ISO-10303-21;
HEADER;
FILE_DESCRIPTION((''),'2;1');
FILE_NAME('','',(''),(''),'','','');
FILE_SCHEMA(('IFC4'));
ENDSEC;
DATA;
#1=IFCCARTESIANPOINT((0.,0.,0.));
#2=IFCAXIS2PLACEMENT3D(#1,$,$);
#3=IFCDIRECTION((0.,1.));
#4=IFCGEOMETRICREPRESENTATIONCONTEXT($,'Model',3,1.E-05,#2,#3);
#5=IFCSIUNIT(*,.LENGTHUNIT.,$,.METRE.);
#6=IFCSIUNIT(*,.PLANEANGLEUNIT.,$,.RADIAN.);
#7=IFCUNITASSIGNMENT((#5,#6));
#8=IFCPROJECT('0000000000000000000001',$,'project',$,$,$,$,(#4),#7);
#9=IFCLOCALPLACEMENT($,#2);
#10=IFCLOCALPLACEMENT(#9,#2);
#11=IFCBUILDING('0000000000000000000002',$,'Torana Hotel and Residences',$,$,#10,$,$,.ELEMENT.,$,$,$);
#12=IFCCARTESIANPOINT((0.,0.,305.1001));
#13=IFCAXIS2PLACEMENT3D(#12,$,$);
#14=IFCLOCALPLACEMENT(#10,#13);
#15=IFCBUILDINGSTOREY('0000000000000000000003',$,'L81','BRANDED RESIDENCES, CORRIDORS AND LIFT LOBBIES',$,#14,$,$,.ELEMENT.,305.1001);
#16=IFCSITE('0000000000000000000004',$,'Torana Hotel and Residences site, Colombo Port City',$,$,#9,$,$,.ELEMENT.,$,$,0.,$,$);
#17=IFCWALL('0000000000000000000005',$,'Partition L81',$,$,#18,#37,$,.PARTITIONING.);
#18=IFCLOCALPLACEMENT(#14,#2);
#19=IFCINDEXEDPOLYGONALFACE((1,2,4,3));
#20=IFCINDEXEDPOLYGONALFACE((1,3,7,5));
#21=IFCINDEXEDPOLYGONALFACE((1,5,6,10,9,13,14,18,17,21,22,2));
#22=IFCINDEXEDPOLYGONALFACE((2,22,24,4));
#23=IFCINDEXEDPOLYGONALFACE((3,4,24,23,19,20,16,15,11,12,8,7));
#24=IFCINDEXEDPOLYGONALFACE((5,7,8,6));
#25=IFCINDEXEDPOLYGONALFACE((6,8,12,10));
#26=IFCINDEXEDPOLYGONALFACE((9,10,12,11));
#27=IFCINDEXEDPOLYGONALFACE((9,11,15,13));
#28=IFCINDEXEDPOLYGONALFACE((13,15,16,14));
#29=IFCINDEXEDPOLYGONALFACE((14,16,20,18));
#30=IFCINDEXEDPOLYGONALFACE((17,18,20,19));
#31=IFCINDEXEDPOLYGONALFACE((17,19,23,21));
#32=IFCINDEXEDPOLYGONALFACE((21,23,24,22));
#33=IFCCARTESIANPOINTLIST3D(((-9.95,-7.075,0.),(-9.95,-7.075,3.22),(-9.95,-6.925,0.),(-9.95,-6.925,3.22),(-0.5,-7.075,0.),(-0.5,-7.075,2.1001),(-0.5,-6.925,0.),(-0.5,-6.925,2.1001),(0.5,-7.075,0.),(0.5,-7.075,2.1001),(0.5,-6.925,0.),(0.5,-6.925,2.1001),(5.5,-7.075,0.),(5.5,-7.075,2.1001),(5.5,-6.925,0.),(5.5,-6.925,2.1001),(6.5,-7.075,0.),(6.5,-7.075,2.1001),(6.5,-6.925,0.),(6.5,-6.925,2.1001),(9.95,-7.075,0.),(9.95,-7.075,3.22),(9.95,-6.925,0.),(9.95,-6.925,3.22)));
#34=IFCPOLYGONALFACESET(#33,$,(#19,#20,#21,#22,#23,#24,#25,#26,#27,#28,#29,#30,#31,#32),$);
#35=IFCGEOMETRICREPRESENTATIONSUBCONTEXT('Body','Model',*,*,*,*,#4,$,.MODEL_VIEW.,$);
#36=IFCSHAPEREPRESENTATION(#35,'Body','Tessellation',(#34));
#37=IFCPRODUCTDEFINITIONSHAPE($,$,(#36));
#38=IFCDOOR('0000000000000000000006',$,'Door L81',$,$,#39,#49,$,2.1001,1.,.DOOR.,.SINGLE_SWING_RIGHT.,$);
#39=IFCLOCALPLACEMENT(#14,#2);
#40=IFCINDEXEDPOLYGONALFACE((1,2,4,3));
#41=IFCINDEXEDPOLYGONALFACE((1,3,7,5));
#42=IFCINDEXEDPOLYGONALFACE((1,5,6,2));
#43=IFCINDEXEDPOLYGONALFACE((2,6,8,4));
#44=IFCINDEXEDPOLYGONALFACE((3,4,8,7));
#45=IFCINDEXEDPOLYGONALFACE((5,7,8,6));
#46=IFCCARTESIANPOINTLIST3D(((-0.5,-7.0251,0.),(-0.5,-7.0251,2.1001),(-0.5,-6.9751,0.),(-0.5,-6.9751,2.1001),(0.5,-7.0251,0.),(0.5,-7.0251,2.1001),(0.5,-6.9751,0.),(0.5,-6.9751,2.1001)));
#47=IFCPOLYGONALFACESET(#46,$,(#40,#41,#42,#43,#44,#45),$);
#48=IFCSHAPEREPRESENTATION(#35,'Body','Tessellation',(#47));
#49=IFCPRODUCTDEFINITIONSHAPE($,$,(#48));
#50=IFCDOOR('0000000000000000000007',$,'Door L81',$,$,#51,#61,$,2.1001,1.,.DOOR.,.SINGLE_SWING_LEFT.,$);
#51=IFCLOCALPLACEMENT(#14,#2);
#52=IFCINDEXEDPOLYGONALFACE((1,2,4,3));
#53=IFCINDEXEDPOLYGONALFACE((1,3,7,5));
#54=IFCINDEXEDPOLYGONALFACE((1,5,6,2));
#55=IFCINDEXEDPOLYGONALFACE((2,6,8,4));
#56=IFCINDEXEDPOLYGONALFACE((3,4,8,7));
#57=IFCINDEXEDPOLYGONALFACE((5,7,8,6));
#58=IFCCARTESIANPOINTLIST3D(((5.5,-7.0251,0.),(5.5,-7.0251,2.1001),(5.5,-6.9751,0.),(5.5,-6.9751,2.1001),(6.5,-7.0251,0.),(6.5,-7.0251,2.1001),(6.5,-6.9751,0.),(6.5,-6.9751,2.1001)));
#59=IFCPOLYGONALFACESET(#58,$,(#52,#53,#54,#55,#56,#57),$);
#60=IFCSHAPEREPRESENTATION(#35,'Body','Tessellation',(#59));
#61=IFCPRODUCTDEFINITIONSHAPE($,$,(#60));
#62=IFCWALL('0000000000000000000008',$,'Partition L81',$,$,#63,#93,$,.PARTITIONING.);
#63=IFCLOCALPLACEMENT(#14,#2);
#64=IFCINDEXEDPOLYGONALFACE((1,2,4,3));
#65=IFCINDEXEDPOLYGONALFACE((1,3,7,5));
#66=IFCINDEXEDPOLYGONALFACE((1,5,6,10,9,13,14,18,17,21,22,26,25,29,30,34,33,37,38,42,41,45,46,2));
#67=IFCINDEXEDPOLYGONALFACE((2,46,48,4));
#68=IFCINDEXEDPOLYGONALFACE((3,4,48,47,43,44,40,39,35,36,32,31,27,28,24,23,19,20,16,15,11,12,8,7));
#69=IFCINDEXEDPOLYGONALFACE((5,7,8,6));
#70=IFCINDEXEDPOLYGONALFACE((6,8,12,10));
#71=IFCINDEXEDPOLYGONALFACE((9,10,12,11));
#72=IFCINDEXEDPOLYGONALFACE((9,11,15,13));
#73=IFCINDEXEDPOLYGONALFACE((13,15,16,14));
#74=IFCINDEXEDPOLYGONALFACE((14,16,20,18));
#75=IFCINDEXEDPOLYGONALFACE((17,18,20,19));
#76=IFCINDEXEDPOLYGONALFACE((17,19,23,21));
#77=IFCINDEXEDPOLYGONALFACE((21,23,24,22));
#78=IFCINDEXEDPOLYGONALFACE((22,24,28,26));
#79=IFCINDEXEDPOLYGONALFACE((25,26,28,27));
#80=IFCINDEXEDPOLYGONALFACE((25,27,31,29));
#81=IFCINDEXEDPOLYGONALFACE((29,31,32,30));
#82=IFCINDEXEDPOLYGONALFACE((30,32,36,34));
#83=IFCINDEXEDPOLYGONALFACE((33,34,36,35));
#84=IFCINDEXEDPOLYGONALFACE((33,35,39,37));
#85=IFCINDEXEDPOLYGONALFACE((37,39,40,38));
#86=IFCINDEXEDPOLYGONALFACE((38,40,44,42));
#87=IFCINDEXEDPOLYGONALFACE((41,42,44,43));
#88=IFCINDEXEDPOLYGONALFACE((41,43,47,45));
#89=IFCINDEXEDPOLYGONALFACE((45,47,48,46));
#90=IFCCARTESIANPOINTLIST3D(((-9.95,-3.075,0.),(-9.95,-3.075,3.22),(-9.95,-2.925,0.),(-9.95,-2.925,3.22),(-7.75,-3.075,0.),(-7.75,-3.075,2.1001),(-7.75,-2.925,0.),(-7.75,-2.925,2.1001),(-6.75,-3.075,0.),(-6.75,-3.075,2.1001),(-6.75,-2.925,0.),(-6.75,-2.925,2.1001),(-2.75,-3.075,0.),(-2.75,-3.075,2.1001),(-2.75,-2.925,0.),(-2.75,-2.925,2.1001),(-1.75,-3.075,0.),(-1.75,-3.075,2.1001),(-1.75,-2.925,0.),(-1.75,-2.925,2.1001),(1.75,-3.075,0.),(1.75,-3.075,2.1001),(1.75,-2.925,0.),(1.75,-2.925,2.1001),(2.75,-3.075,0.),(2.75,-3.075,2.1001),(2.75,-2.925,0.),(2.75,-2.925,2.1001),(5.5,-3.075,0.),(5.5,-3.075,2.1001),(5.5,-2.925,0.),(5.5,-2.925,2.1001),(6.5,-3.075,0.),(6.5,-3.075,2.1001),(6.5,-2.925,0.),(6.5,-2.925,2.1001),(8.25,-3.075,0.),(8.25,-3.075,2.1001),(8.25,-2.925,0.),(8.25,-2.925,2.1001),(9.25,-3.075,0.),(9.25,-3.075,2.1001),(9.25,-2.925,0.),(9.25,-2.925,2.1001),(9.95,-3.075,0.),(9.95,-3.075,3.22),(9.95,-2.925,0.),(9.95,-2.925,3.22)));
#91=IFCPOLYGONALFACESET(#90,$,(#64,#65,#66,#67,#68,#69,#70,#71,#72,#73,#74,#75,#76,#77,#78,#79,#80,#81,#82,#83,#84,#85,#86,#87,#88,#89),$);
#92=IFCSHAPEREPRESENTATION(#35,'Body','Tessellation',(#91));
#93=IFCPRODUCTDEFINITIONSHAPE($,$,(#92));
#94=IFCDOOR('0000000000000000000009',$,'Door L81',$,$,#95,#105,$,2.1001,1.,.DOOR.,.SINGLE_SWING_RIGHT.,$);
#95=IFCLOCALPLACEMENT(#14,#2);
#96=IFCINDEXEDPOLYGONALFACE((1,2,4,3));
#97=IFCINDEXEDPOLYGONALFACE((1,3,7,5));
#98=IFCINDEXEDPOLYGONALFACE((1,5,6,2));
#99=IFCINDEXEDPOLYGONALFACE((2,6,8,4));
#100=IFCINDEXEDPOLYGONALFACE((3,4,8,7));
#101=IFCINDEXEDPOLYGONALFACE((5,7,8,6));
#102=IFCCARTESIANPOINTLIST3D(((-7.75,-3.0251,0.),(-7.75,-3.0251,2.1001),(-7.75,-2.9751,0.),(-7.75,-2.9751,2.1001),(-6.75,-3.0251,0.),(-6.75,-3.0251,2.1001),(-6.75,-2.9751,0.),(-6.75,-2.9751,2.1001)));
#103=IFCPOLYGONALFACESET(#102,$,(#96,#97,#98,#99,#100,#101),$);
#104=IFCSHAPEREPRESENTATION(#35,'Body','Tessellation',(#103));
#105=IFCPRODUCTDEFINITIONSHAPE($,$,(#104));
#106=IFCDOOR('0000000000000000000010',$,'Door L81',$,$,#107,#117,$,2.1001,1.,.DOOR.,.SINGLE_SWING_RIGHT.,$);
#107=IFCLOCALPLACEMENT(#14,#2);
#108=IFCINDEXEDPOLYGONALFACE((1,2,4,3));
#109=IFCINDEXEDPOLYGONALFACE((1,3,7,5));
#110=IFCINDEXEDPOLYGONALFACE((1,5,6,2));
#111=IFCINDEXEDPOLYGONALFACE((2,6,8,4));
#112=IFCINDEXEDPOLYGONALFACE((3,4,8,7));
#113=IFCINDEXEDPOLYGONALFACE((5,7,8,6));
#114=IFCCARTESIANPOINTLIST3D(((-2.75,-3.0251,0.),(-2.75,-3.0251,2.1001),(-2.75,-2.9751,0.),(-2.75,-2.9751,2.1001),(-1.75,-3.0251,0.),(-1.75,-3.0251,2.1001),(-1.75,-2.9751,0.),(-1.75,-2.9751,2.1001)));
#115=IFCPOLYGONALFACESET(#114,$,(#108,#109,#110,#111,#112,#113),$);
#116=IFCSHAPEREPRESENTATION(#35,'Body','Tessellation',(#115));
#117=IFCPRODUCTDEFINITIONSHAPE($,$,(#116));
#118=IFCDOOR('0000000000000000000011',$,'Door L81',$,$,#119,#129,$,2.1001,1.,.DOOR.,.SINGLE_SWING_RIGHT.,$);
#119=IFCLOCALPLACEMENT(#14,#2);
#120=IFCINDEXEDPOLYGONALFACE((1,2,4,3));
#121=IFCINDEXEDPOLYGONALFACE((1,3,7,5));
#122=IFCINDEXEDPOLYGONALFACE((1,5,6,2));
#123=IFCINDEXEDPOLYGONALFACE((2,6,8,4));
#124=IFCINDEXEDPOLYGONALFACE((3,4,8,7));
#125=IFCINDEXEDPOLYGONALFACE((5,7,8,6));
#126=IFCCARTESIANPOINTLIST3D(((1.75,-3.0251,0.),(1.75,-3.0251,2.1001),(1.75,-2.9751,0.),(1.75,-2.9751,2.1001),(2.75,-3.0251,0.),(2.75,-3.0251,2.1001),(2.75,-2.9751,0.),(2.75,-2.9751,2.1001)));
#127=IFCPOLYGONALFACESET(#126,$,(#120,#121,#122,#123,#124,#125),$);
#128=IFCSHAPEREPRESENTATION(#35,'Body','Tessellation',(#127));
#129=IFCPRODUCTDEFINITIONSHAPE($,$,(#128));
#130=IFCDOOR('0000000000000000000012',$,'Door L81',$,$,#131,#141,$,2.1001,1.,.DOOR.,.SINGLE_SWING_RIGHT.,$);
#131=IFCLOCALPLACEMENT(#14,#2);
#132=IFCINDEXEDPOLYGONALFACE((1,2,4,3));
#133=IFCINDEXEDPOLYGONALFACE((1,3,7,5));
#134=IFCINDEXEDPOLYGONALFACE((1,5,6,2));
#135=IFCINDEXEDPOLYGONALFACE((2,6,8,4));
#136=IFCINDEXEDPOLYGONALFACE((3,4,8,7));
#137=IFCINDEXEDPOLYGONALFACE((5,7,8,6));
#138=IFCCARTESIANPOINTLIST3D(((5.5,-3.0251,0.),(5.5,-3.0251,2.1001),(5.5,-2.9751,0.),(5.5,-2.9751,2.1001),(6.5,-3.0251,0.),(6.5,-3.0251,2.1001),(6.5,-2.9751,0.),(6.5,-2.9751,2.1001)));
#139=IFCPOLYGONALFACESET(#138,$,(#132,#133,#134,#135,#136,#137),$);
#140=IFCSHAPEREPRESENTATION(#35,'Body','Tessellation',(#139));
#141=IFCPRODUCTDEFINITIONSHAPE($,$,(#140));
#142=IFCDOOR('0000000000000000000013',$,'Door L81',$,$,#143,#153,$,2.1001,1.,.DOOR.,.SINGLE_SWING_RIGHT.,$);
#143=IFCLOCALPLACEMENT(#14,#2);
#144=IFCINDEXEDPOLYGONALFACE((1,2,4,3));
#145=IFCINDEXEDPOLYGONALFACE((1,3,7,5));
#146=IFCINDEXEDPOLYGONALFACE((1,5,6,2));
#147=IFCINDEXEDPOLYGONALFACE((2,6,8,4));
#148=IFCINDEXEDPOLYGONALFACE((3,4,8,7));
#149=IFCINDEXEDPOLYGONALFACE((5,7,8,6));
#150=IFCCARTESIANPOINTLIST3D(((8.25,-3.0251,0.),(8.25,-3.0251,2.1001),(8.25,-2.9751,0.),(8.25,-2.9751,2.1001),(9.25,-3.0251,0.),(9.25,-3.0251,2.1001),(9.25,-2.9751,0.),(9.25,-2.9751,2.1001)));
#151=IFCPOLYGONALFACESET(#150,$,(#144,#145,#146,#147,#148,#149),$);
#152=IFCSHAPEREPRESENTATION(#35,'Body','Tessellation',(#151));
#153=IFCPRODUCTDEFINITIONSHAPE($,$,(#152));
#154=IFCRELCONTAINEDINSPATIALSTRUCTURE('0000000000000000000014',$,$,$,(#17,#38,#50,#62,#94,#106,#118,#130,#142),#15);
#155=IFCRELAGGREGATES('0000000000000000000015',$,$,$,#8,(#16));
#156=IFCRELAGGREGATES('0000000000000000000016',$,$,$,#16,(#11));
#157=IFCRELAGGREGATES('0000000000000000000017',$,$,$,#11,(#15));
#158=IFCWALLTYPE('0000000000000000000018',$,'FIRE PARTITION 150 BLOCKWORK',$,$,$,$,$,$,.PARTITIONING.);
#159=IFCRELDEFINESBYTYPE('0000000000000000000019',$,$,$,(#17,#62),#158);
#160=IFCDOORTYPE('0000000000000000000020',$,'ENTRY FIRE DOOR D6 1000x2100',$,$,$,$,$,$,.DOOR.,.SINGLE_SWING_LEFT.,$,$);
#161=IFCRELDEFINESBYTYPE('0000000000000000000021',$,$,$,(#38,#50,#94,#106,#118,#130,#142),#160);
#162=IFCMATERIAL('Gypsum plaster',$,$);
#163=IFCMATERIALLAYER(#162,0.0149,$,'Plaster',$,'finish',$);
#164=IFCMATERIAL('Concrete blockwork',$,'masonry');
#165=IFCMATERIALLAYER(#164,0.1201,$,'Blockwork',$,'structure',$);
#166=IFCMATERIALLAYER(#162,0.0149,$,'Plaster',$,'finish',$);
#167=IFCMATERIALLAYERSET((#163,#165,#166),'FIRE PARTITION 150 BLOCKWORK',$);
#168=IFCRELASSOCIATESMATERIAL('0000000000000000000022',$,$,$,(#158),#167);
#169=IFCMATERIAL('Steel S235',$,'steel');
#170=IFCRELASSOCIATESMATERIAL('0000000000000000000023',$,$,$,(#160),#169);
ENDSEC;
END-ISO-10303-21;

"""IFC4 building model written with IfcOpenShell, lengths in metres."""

from ifc_helpers import new_model, si_unit, direction, frame, frame_2d, origin, place, context, subcontext, project, spatial, rectangle, extrude, material, layer, layer_set, type_object, element, fill, save


model = new_model("IFC4")

# Units and contexts
model_context = context("Model", 3, precision=1e-05, world=origin(), true_north=direction((0.0, 1.0)))
body_context = subcontext(model_context, "Body", "Model", "MODEL_VIEW")
ifc_project = project(units=[si_unit("LENGTHUNIT", "METRE"), si_unit("PLANEANGLEUNIT", "RADIAN")], contexts=[model_context])

# Site, building, storey
site_placement = place(None, origin())
site = spatial("IfcSite", under=ifc_project, at=site_placement, Name="Torana Hotel and Residences site, Colombo Port City", CompositionType="ELEMENT", RefElevation=0.0)
building_placement = place(site_placement, origin())
building = spatial("IfcBuilding", under=site, at=building_placement, Name="Torana Hotel and Residences", CompositionType="ELEMENT")
storey_placement = place(building_placement, frame((0.0, 0.0, 305.1001)))
storey = spatial("IfcBuildingStorey", under=building, at=storey_placement, Name="L81", Description="BRANDED RESIDENCES, CORRIDORS AND LIFT LOBBIES", CompositionType="ELEMENT", Elevation=305.1001)

# Walls, openings, doors
ifc_material_1 = material(Name="Gypsum plaster")
ifc_layer_1 = layer(ifc_material_1, 0.0149, Name="Plaster", Category="finish")
ifc_material_2 = material(Name="Concrete blockwork", Category="masonry")
ifc_layer_2 = layer(ifc_material_2, 0.1201, Name="Blockwork", Category="structure")
ifc_layer_3 = layer(ifc_material_1, 0.0149, Name="Plaster", Category="finish")
ifc_layer_set_1 = layer_set([ifc_layer_1, ifc_layer_2, ifc_layer_3], Name="FIRE PARTITION 150 BLOCKWORK")
wall_type_1 = type_object("IfcWallType", Name="FIRE PARTITION 150 BLOCKWORK", PredefinedType="PARTITIONING", material=ifc_layer_set_1)
wall_1_placement = place(storey_placement, frame((-9.95, -7.0, 0.0), z_axis=(0.0, 0.0, 1.0), x_axis=(1.0, 0.0, 0.0)))
wall_1 = element("IfcWall", 1, at=wall_1_placement, inside=storey, type_object=wall_type_1, Name="Partition L81", PredefinedType="PARTITIONING", context=body_context, shape_type="SweptSolid", body=[
    extrude(rectangle(XDim=19.8999, YDim=0.1499, at=frame_2d((9.95, 0.0))), origin(), (0.0, 0.0, 1.0), 3.22),
])
opening_1_placement = place(wall_1_placement, frame((9.45, 0.0, 0.0)))
opening_1 = element("IfcOpeningElement", 2, at=opening_1_placement, cuts=wall_1, PredefinedType="OPENING", context=body_context, shape_type="SweptSolid", body=[
    extrude(rectangle(XDim=1.0, YDim=2.1001, at=frame_2d((0.5, 1.05))), frame((0.0, 0.085, 0.0), z_axis=(0.0, -1.0, 0.0), x_axis=(1.0, 0.0, 0.0)), (0.0, 0.0, 1.0), 0.1699),
])
opening_2_placement = place(wall_1_placement, frame((15.45, 0.0, 0.0)))
opening_2 = element("IfcOpeningElement", 3, at=opening_2_placement, cuts=wall_1, PredefinedType="OPENING", context=body_context, shape_type="SweptSolid", body=[
    extrude(rectangle(XDim=1.0, YDim=2.1001, at=frame_2d((0.5, 1.05))), frame((0.0, 0.085, 0.0), z_axis=(0.0, -1.0, 0.0), x_axis=(1.0, 0.0, 0.0)), (0.0, 0.0, 1.0), 0.1699),
])
ifc_material_3 = material(Name="Steel S235", Category="steel")
door_type = type_object("IfcDoorType", Name="ENTRY FIRE DOOR D6 1000x2100", OperationType="SINGLE_SWING_LEFT", PredefinedType="DOOR", material=ifc_material_3)
door_1_placement = place(opening_1_placement, origin())
door_1 = element("IfcDoor", 4, at=door_1_placement, inside=storey, type_object=door_type, Name="Door L81", OperationType="SINGLE_SWING_RIGHT", OverallHeight=2.1001, OverallWidth=1.0, PredefinedType="DOOR", context=body_context, shape_type="SweptSolid", body=[
    extrude(rectangle(XDim=1.0, YDim=2.1001, at=frame_2d((0.5, 1.05))), frame((0.0, 0.0249, 0.0), z_axis=(0.0, -1.0, 0.0), x_axis=(1.0, 0.0, 0.0)), (0.0, 0.0, 1.0), 0.05),
])
fill(opening_1, door_1)
door_2_placement = place(opening_2_placement, frame((0.5, 0.0, 0.0), z_axis=(0.0, 0.0, 1.0), x_axis=(-1.0, 0.0, 0.0)))
door_2 = element("IfcDoor", 5, at=door_2_placement, inside=storey, type_object=door_type, Name="Door L81", OperationType="SINGLE_SWING_LEFT", OverallHeight=2.1001, OverallWidth=1.0, PredefinedType="DOOR", context=body_context, shape_type="SweptSolid", body=[
    extrude(rectangle(XDim=1.0, YDim=2.1001, at=frame_2d((0.0, 1.05))), frame((0.0, -0.0249, 0.0), z_axis=(0.0, 1.0, 0.0), x_axis=(-1.0, 0.0, 0.0)), (0.0, 0.0, 1.0), 0.05),
])
fill(opening_2, door_2)
wall_2_placement = place(storey_placement, frame((-9.95, -3.0, 0.0), z_axis=(0.0, 0.0, 1.0), x_axis=(1.0, 0.0, 0.0)))
wall_2 = element("IfcWall", 6, at=wall_2_placement, inside=storey, type_object=wall_type_1, Name="Partition L81", PredefinedType="PARTITIONING", context=body_context, shape_type="SweptSolid", body=[
    extrude(rectangle(XDim=19.8999, YDim=0.1499, at=frame_2d((9.95, 0.0))), origin(), (0.0, 0.0, 1.0), 3.22),
])
opening_3_placement = place(wall_2_placement, frame((2.2, 0.0, 0.0)))
opening_3 = element("IfcOpeningElement", 7, at=opening_3_placement, cuts=wall_2, PredefinedType="OPENING", context=body_context, shape_type="SweptSolid", body=[
    extrude(rectangle(XDim=1.0, YDim=2.1001, at=frame_2d((0.5, 1.05))), frame((0.0, 0.085, 0.0), z_axis=(0.0, -1.0, 0.0), x_axis=(1.0, 0.0, 0.0)), (0.0, 0.0, 1.0), 0.1699),
])
opening_4_placement = place(wall_2_placement, frame((7.2, 0.0, 0.0)))
opening_4 = element("IfcOpeningElement", 8, at=opening_4_placement, cuts=wall_2, PredefinedType="OPENING", context=body_context, shape_type="SweptSolid", body=[
    extrude(rectangle(XDim=1.0, YDim=2.1001, at=frame_2d((0.5, 1.05))), frame((0.0, 0.085, 0.0), z_axis=(0.0, -1.0, 0.0), x_axis=(1.0, 0.0, 0.0)), (0.0, 0.0, 1.0), 0.1699),
])
opening_5_placement = place(wall_2_placement, frame((11.7, 0.0, 0.0)))
opening_5 = element("IfcOpeningElement", 9, at=opening_5_placement, cuts=wall_2, PredefinedType="OPENING", context=body_context, shape_type="SweptSolid", body=[
    extrude(rectangle(XDim=1.0, YDim=2.1001, at=frame_2d((0.5, 1.05))), frame((0.0, 0.085, 0.0), z_axis=(0.0, -1.0, 0.0), x_axis=(1.0, 0.0, 0.0)), (0.0, 0.0, 1.0), 0.1699),
])
opening_6_placement = place(wall_2_placement, frame((15.45, 0.0, 0.0)))
opening_6 = element("IfcOpeningElement", 10, at=opening_6_placement, cuts=wall_2, PredefinedType="OPENING", context=body_context, shape_type="SweptSolid", body=[
    extrude(rectangle(XDim=1.0, YDim=2.1001, at=frame_2d((0.5, 1.05))), frame((0.0, 0.085, 0.0), z_axis=(0.0, -1.0, 0.0), x_axis=(1.0, 0.0, 0.0)), (0.0, 0.0, 1.0), 0.1699),
])
opening_7_placement = place(wall_2_placement, frame((18.2, 0.0, 0.0)))
opening_7 = element("IfcOpeningElement", 11, at=opening_7_placement, cuts=wall_2, PredefinedType="OPENING", context=body_context, shape_type="SweptSolid", body=[
    extrude(rectangle(XDim=1.0, YDim=2.1001, at=frame_2d((0.5, 1.05))), frame((0.0, 0.085, 0.0), z_axis=(0.0, -1.0, 0.0), x_axis=(1.0, 0.0, 0.0)), (0.0, 0.0, 1.0), 0.1699),
])
door_3_placement = place(opening_3_placement, origin())
door_3 = element("IfcDoor", 12, at=door_3_placement, inside=storey, type_object=door_type, Name="Door L81", OperationType="SINGLE_SWING_RIGHT", OverallHeight=2.1001, OverallWidth=1.0, PredefinedType="DOOR", context=body_context, shape_type="SweptSolid", body=[
    extrude(rectangle(XDim=1.0, YDim=2.1001, at=frame_2d((0.5, 1.05))), frame((0.0, 0.0249, 0.0), z_axis=(0.0, -1.0, 0.0), x_axis=(1.0, 0.0, 0.0)), (0.0, 0.0, 1.0), 0.05),
])
fill(opening_3, door_3)
door_4_placement = place(opening_4_placement, origin())
door_4 = element("IfcDoor", 13, at=door_4_placement, inside=storey, type_object=door_type, Name="Door L81", OperationType="SINGLE_SWING_RIGHT", OverallHeight=2.1001, OverallWidth=1.0, PredefinedType="DOOR", context=body_context, shape_type="SweptSolid", body=[
    extrude(rectangle(XDim=1.0, YDim=2.1001, at=frame_2d((0.5, 1.05))), frame((0.0, 0.0249, 0.0), z_axis=(0.0, -1.0, 0.0), x_axis=(1.0, 0.0, 0.0)), (0.0, 0.0, 1.0), 0.05),
])
fill(opening_4, door_4)
door_5_placement = place(opening_5_placement, origin())
door_5 = element("IfcDoor", 14, at=door_5_placement, inside=storey, type_object=door_type, Name="Door L81", OperationType="SINGLE_SWING_RIGHT", OverallHeight=2.1001, OverallWidth=1.0, PredefinedType="DOOR", context=body_context, shape_type="SweptSolid", body=[
    extrude(rectangle(XDim=1.0, YDim=2.1001, at=frame_2d((0.5, 1.05))), frame((0.0, 0.0249, 0.0), z_axis=(0.0, -1.0, 0.0), x_axis=(1.0, 0.0, 0.0)), (0.0, 0.0, 1.0), 0.05),
])
fill(opening_5, door_5)
door_6_placement = place(opening_6_placement, origin())
door_6 = element("IfcDoor", 15, at=door_6_placement, inside=storey, type_object=door_type, Name="Door L81", OperationType="SINGLE_SWING_RIGHT", OverallHeight=2.1001, OverallWidth=1.0, PredefinedType="DOOR", context=body_context, shape_type="SweptSolid", body=[
    extrude(rectangle(XDim=1.0, YDim=2.1001, at=frame_2d((0.5, 1.05))), frame((0.0, 0.0249, 0.0), z_axis=(0.0, -1.0, 0.0), x_axis=(1.0, 0.0, 0.0)), (0.0, 0.0, 1.0), 0.05),
])
fill(opening_6, door_6)
door_7_placement = place(opening_7_placement, origin())
door_7 = element("IfcDoor", 16, at=door_7_placement, inside=storey, type_object=door_type, Name="Door L81", OperationType="SINGLE_SWING_RIGHT", OverallHeight=2.1001, OverallWidth=1.0, PredefinedType="DOOR", context=body_context, shape_type="SweptSolid", body=[
    extrude(rectangle(XDim=1.0, YDim=2.1001, at=frame_2d((0.5, 1.05))), frame((0.0, 0.0249, 0.0), z_axis=(0.0, -1.0, 0.0), x_axis=(1.0, 0.0, 0.0)), (0.0, 0.0, 1.0), 0.05),
])
fill(opening_7, door_7)

save(model, "model.ifc")
